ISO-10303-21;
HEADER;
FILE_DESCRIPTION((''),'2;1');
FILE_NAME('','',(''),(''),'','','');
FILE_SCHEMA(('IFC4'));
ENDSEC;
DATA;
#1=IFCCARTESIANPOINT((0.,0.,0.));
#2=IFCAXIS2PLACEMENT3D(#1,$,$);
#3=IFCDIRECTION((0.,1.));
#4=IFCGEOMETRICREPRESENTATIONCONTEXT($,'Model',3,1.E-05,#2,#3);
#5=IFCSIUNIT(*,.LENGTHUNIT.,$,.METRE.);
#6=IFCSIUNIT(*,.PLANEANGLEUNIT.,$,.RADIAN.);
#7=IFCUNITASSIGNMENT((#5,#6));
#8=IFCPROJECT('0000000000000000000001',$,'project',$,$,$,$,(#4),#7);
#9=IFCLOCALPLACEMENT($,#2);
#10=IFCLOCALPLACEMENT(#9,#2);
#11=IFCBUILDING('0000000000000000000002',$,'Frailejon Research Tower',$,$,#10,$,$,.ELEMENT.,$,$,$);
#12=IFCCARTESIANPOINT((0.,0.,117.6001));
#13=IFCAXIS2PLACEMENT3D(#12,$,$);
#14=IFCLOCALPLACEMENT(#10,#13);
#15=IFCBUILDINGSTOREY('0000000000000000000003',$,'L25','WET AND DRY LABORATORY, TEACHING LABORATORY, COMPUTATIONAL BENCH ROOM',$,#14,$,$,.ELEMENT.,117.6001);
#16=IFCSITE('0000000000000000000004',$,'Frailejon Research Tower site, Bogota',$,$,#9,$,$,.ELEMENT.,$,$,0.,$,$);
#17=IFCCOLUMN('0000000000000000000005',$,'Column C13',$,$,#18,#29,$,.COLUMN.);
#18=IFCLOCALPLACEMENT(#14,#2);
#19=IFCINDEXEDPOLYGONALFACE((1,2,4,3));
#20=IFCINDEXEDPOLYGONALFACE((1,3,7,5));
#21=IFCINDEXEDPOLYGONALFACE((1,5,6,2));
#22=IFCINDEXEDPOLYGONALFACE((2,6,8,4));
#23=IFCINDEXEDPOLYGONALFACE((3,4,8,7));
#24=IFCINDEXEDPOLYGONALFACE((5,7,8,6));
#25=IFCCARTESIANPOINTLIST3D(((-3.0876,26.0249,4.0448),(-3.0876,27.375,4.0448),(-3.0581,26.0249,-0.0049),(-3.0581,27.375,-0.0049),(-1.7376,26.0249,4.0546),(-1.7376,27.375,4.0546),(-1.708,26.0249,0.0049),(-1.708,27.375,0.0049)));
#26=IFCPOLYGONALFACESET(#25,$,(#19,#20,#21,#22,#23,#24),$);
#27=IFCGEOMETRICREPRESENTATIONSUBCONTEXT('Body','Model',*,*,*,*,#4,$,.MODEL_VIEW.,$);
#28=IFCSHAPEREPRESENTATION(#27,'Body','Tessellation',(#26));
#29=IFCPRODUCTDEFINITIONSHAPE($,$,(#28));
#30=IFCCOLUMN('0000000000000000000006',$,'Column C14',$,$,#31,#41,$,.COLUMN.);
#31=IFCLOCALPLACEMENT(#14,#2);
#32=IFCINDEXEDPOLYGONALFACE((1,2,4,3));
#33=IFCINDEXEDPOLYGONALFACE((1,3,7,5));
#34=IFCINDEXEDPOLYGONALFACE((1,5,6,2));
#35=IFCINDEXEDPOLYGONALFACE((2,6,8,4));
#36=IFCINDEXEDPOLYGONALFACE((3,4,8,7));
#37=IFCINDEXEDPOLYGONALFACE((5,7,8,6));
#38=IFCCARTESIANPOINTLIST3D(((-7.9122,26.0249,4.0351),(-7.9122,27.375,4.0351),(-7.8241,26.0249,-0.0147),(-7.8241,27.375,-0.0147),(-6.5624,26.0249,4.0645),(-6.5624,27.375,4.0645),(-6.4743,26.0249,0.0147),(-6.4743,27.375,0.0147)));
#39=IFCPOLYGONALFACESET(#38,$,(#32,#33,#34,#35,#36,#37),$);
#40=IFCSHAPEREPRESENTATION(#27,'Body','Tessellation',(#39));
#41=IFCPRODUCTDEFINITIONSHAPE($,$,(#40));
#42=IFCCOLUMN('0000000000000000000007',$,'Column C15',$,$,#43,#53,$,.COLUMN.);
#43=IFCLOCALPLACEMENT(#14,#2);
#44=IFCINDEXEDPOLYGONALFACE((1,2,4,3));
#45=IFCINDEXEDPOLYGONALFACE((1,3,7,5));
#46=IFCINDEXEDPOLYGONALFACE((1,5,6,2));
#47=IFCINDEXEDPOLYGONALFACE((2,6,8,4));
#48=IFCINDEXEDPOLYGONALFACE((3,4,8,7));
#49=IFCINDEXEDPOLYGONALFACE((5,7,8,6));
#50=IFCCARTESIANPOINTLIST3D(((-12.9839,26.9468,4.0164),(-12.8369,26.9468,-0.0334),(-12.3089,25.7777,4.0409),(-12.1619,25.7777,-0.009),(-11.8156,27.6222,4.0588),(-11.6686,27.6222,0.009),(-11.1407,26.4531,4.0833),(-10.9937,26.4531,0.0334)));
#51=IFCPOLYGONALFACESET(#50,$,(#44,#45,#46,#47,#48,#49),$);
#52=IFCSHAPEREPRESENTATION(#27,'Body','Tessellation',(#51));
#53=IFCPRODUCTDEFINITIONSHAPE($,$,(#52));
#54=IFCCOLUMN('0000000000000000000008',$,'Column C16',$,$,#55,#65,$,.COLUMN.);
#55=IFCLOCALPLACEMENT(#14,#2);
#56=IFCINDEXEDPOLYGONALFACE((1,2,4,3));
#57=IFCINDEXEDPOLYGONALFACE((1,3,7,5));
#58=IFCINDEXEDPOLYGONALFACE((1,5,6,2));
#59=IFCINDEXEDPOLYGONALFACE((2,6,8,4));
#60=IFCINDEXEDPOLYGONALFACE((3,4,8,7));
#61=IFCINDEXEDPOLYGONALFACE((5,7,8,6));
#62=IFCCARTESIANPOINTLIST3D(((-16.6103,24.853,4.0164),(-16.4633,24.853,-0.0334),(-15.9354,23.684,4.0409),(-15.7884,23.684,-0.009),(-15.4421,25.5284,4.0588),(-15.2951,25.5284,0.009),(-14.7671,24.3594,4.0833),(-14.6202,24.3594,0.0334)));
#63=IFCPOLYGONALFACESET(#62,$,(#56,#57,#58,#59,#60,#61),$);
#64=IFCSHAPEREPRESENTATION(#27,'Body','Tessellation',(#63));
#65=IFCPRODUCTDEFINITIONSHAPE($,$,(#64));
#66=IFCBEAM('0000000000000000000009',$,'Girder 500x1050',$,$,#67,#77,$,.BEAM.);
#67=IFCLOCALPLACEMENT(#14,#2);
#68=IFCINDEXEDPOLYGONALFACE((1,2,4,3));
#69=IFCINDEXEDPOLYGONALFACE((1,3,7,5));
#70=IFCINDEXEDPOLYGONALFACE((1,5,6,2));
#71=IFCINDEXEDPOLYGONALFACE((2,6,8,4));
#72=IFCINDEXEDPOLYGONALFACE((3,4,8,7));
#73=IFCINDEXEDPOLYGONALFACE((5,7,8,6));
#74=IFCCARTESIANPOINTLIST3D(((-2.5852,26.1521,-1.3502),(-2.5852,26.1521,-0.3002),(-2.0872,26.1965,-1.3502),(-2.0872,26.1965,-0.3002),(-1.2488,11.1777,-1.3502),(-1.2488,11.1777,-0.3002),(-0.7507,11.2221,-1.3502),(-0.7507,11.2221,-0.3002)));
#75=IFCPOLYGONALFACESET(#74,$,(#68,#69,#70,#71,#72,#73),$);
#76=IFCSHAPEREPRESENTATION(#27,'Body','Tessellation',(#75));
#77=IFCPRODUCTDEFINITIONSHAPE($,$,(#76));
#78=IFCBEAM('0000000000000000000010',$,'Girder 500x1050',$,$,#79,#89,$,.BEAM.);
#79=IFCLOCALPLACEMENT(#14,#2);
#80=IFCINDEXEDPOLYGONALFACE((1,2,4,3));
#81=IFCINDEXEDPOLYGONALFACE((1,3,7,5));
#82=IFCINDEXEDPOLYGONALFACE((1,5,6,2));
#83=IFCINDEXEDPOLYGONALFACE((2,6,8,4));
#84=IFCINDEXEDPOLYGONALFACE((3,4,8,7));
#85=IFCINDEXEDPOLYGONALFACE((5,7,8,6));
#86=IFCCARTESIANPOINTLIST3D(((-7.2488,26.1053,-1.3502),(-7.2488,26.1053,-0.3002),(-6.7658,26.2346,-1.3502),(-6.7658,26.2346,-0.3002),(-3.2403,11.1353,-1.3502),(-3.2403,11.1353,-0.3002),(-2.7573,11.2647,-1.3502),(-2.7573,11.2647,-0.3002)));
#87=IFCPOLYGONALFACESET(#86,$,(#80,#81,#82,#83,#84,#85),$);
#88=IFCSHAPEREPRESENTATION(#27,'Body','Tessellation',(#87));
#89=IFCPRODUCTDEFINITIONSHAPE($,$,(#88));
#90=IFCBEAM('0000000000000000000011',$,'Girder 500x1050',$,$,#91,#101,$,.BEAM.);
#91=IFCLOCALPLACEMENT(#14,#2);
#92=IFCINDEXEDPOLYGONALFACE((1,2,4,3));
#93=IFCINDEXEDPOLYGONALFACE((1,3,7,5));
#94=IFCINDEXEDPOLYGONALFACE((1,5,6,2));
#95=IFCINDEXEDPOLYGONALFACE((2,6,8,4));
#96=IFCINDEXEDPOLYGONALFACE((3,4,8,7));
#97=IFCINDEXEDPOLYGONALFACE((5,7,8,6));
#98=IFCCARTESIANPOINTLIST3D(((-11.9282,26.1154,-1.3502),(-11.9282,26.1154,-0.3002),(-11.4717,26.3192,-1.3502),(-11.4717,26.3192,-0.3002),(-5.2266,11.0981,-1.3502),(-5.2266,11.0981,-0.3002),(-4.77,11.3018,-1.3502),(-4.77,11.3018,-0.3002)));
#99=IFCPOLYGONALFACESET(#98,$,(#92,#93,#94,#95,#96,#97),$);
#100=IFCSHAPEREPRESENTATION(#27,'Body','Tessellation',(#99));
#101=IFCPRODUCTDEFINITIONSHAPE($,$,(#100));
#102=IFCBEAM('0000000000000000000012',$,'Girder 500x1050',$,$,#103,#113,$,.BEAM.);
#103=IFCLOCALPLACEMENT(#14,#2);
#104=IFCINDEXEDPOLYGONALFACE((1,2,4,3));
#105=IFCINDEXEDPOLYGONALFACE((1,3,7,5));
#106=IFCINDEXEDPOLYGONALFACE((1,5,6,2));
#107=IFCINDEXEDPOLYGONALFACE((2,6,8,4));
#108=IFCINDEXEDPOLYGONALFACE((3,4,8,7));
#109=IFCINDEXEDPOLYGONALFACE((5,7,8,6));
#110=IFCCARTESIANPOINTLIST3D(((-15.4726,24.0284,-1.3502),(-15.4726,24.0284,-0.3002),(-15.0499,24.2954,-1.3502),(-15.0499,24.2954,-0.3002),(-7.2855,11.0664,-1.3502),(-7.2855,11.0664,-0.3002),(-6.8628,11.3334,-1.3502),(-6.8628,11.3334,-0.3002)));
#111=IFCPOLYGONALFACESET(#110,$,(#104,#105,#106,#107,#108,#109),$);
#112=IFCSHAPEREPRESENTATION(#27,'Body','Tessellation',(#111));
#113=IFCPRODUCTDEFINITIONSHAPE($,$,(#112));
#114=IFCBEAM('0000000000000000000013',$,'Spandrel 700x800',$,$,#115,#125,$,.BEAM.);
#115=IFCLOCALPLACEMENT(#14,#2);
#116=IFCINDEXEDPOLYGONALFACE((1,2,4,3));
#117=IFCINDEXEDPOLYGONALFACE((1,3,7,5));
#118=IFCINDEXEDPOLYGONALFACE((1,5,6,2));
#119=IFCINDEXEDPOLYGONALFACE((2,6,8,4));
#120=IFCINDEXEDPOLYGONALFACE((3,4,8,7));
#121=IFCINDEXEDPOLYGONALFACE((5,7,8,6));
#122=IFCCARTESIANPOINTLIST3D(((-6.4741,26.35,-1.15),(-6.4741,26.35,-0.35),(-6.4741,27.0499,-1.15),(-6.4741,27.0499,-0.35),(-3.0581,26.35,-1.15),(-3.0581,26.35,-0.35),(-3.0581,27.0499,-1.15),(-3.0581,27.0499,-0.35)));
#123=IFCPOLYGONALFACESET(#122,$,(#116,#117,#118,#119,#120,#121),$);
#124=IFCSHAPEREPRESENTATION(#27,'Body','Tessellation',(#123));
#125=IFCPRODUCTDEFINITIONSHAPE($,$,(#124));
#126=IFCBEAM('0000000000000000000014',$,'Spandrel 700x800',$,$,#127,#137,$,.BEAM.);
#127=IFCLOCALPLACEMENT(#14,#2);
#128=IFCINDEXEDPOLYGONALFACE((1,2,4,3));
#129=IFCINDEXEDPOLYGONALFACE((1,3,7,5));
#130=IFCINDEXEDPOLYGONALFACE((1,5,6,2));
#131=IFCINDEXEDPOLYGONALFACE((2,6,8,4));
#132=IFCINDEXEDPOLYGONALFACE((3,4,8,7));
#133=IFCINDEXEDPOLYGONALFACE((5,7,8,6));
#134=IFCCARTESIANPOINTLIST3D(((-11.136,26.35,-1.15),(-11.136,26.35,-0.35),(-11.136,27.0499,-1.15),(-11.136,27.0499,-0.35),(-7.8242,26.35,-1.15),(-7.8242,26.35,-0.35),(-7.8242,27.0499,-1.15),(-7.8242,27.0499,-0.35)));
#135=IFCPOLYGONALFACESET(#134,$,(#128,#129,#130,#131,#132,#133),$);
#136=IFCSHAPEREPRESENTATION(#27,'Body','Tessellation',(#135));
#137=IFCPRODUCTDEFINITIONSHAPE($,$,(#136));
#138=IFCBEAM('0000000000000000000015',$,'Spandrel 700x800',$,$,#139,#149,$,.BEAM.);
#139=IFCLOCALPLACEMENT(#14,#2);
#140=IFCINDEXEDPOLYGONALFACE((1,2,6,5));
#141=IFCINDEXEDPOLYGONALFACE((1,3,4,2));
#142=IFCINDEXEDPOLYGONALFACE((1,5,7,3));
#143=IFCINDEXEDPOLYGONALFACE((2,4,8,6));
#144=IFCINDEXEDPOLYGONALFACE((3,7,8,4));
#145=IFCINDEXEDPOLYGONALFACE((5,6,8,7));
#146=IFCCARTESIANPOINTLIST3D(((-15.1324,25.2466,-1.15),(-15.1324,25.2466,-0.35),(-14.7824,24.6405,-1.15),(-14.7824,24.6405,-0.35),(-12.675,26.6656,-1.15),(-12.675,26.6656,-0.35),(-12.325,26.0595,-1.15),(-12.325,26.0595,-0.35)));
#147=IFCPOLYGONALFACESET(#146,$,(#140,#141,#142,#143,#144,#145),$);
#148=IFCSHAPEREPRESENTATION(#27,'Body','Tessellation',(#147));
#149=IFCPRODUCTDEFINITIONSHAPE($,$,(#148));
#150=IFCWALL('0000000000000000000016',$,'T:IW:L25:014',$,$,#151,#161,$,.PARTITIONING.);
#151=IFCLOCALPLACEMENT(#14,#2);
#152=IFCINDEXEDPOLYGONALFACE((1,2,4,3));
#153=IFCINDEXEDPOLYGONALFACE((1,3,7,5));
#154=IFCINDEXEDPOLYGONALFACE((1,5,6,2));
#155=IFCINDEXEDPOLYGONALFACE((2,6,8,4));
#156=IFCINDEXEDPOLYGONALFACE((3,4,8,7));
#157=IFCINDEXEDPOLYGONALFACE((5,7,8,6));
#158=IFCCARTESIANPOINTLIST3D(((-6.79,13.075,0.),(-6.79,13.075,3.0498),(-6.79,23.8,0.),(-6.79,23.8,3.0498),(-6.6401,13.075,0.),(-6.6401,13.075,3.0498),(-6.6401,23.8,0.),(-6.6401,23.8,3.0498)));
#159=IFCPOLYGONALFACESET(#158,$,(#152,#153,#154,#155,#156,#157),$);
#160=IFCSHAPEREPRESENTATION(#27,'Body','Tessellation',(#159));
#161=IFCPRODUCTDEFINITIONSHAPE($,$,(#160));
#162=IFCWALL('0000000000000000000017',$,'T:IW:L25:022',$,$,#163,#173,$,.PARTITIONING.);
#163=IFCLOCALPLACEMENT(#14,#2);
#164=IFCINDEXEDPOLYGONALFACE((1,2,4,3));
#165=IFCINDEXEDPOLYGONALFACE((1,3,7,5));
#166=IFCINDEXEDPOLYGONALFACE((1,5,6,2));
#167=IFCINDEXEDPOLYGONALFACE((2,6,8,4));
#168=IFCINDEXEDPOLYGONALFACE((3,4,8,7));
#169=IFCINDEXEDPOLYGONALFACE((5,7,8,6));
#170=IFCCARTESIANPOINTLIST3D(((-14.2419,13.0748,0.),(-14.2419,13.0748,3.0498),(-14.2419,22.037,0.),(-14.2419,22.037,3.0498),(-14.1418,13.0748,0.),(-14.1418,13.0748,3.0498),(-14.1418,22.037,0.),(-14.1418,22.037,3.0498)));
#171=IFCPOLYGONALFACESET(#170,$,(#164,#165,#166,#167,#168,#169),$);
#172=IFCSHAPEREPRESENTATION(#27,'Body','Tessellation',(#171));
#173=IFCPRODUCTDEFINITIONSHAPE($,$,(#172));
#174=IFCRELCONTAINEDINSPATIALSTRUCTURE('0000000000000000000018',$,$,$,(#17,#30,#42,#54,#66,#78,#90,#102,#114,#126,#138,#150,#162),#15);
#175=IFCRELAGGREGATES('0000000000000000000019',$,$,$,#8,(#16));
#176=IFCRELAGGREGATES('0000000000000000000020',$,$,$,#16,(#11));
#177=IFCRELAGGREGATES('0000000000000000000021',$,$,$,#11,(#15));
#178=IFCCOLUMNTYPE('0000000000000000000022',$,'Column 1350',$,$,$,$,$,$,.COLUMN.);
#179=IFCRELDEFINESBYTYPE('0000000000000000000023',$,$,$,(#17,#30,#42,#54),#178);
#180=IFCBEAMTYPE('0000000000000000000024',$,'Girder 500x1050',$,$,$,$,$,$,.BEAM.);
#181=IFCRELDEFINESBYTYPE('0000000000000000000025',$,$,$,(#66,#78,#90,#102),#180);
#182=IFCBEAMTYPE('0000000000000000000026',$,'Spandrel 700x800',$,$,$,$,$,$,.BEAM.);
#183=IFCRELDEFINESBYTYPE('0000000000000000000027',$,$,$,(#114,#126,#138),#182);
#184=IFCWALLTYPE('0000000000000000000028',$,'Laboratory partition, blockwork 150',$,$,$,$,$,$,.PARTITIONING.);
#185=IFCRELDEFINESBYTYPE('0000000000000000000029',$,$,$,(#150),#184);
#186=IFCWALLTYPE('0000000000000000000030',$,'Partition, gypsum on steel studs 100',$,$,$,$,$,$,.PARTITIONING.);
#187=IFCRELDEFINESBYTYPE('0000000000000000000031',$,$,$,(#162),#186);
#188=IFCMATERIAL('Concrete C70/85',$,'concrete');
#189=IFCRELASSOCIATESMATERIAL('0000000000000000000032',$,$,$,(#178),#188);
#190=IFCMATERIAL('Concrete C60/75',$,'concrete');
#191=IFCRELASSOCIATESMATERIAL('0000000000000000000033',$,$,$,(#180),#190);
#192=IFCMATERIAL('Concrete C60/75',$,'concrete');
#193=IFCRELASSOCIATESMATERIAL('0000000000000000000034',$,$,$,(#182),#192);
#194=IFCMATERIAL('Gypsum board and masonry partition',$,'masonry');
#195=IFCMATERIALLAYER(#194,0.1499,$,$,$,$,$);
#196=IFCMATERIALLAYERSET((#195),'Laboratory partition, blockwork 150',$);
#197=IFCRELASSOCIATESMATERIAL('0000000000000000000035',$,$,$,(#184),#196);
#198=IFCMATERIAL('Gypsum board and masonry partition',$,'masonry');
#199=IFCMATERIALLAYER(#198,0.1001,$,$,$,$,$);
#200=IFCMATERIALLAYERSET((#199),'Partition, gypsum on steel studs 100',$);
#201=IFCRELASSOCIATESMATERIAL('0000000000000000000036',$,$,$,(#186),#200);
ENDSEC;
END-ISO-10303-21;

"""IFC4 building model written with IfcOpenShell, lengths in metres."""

from ifc_helpers import new_model, si_unit, direction, frame, frame_2d, origin, origin_2d, place, context, subcontext, project, spatial, rectangle, extrude, material, layer, layer_set, material_profile, profile_set, type_object, element, save


model = new_model("IFC4")

# Units and contexts
model_context = context("Model", 3, precision=1e-05, world=origin(), true_north=direction((0.0, 1.0)))
body_context = subcontext(model_context, "Body", "Model", "MODEL_VIEW")
ifc_project = project(units=[si_unit("LENGTHUNIT", "METRE"), si_unit("PLANEANGLEUNIT", "RADIAN")], contexts=[model_context])

# Site, building, storey
site_placement = place(None, origin())
site = spatial("IfcSite", under=ifc_project, at=site_placement, Name="Frailejon Research Tower site, Bogota", CompositionType="ELEMENT", RefElevation=0.0)
building_placement = place(site_placement, origin())
building = spatial("IfcBuilding", under=site, at=building_placement, Name="Frailejon Research Tower", CompositionType="ELEMENT")
storey_placement = place(building_placement, frame((0.0, 0.0, 117.6001)))
storey = spatial("IfcBuildingStorey", under=building, at=storey_placement, Name="L25", Description="WET AND DRY LABORATORY, TEACHING LABORATORY, COMPUTATIONAL BENCH ROOM", CompositionType="ELEMENT", Elevation=117.6001)

# Columns
ifc_material_1 = material(Name="Concrete C70/85", Category="concrete")
ifc_material_profile_1 = material_profile(ifc_material_1, rectangle(XDim=1.3501, YDim=1.3501, at=origin_2d()), Name="Column 1350")
ifc_profile_set_1 = profile_set([ifc_material_profile_1], Name="Concrete C70/85")
column_type = type_object("IfcColumnType", Name="Column 1350", PredefinedType="COLUMN", material=ifc_profile_set_1)
column_1_placement = place(storey_placement, frame((-2.3831, 26.7, 0.0), z_axis=(-0.007294, 0.0, 0.999973), x_axis=(-0.999973, 0.0, -0.007294)))
element("IfcColumn", 1, at=column_1_placement, inside=storey, type_object=column_type, Name="Column C13", PredefinedType="COLUMN", context=body_context, shape_type="SweptSolid", body=[
    extrude(rectangle(XDim=1.3501, YDim=1.3501, at=origin_2d()), origin(), (0.0, 0.0, 1.0), 4.0498),
])
column_2_placement = place(storey_placement, frame((-7.1492, 26.7, 0.0), z_axis=(-0.021758, 0.0, 0.999763), x_axis=(-0.999763, 0.0, -0.021758)))
element("IfcColumn", 2, at=column_2_placement, inside=storey, type_object=column_type, Name="Column C14", PredefinedType="COLUMN", context=body_context, shape_type="SweptSolid", body=[
    extrude(rectangle(XDim=1.3501, YDim=1.3501, at=origin_2d()), origin(), (0.0, 0.0, 1.0), 4.0508),
])
for number, where, z_axis, x_axis, name in (
    (3, (-11.9153, 26.7, 0.0), (-0.036267, 0.0, 0.999342), (-0.865313, -0.500246, -0.031403), "Column C15"),
    (4, (-15.5417, 24.6062, 0.0), (-0.036267, 0.0, 0.999342), (-0.865313, -0.500246, -0.031403), "Column C16"),
):
    element("IfcColumn", number, at=place(storey_placement, frame(where, z_axis=z_axis, x_axis=x_axis)), inside=storey, type_object=column_type, Name=name, PredefinedType="COLUMN", context=body_context, shape_type="SweptSolid", body=[
        extrude(rectangle(XDim=1.3501, YDim=1.3501, at=origin_2d()), origin(), (0.0, 0.0, 1.0), 4.0525),
    ])

# Beams
ifc_material_2 = material(Name="Concrete C60/75", Category="concrete")
ifc_material_profile_2 = material_profile(ifc_material_2, rectangle(XDim=0.5, YDim=1.05, at=origin_2d()), Name="Girder 500x1050")
ifc_profile_set_2 = profile_set([ifc_material_profile_2], Name="Concrete C60/75")
beam_type_1 = type_object("IfcBeamType", Name="Girder 500x1050", PredefinedType="BEAM", material=ifc_profile_set_2)
beam_1_placement = place(storey_placement, frame((-2.3362, 26.1743, -0.8252), z_axis=(0.088894, -0.996041, 0.0), x_axis=(0.996041, 0.088894, 0.0)))
element("IfcBeam", 5, at=beam_1_placement, inside=storey, type_object=beam_type_1, Name="Girder 500x1050", PredefinedType="BEAM", context=body_context, shape_type="SweptSolid", body=[
    extrude(rectangle(XDim=0.5, YDim=1.05, at=origin_2d()), origin(), (0.0, 0.0, 1.0), 15.0339),
])
beam_2_placement = place(storey_placement, frame((-7.0073, 26.1699, -0.8252), z_axis=(0.25866, -0.965969, 0.0), x_axis=(0.965969, 0.25866, 0.0)))
element("IfcBeam", 6, at=beam_2_placement, inside=storey, type_object=beam_type_1, Name="Girder 500x1050", PredefinedType="BEAM", context=body_context, shape_type="SweptSolid", body=[
    extrude(rectangle(XDim=0.5, YDim=1.05, at=origin_2d()), origin(), (0.0, 0.0, 1.0), 15.4973),
])
beam_3_placement = place(storey_placement, frame((-11.7, 26.2173, -0.8252), z_axis=(0.407524, -0.913195, 0.0), x_axis=(0.913195, 0.407524, 0.0)))
element("IfcBeam", 7, at=beam_3_placement, inside=storey, type_object=beam_type_1, Name="Girder 500x1050", PredefinedType="BEAM", context=body_context, shape_type="SweptSolid", body=[
    extrude(rectangle(XDim=0.5, YDim=1.05, at=origin_2d()), origin(), (0.0, 0.0, 1.0), 16.4448),
])
beam_4_placement = place(storey_placement, frame((-15.2612, 24.1619, -0.8252), z_axis=(0.534018, -0.845473, 0.0), x_axis=(0.845473, 0.534018, 0.0)))
element("IfcBeam", 8, at=beam_4_placement, inside=storey, type_object=beam_type_1, Name="Girder 500x1050", PredefinedType="BEAM", context=body_context, shape_type="SweptSolid", body=[
    extrude(rectangle(XDim=0.5, YDim=1.05, at=origin_2d()), origin(), (0.0, 0.0, 1.0), 15.3311),
])
ifc_material_3 = material(Name="Concrete C60/75", Category="concrete")
ifc_material_profile_3 = material_profile(ifc_material_3, rectangle(XDim=0.7, YDim=0.8, at=origin_2d()), Name="Spandrel 700x800")
ifc_profile_set_3 = profile_set([ifc_material_profile_3], Name="Concrete C60/75")
beam_type_2 = type_object("IfcBeamType", Name="Spandrel 700x800", PredefinedType="BEAM", material=ifc_profile_set_3)
beam_5_placement = place(storey_placement, frame((-3.0581, 26.7, -0.75), z_axis=(-1.0, 0.0, 0.0), x_axis=(0.0, -1.0, 0.0)))
element("IfcBeam", 9, at=beam_5_placement, inside=storey, type_object=beam_type_2, Name="Spandrel 700x800", PredefinedType="BEAM", context=body_context, shape_type="SweptSolid", body=[
    extrude(rectangle(XDim=0.7, YDim=0.8, at=origin_2d()), origin(), (0.0, 0.0, 1.0), 3.416),
])
beam_6_placement = place(storey_placement, frame((-7.8242, 26.7, -0.75), z_axis=(-1.0, 0.0, 0.0), x_axis=(0.0, -1.0, 0.0)))
element("IfcBeam", 10, at=beam_6_placement, inside=storey, type_object=beam_type_2, Name="Spandrel 700x800", PredefinedType="BEAM", context=body_context, shape_type="SweptSolid", body=[
    extrude(rectangle(XDim=0.7, YDim=0.8, at=origin_2d()), origin(), (0.0, 0.0, 1.0), 3.3118),
])
beam_7_placement = place(storey_placement, frame((-12.5, 26.3625, -0.75), z_axis=(-0.865989, -0.500063, 0.0), x_axis=(0.500063, -0.865989, 0.0)))
element("IfcBeam", 11, at=beam_7_placement, inside=storey, type_object=beam_type_2, Name="Spandrel 700x800", PredefinedType="BEAM", context=body_context, shape_type="SweptSolid", body=[
    extrude(rectangle(XDim=0.7, YDim=0.8, at=origin_2d()), origin(), (0.0, 0.0, 1.0), 2.8376),
])

# Walls
ifc_material_4 = material(Name="Gypsum board and masonry partition", Category="masonry")
ifc_layer_1 = layer(ifc_material_4, 0.1499)
ifc_layer_set_1 = layer_set([ifc_layer_1], Name="Laboratory partition, blockwork 150")
wall_type_1 = type_object("IfcWallType", Name="Laboratory partition, blockwork 150", PredefinedType="PARTITIONING", material=ifc_layer_set_1)
wall_1_placement = place(storey_placement, frame((-6.7151, 13.075, 0.0), z_axis=(0.0, 0.0, 1.0), x_axis=(0.0, 1.0, 0.0)))
element("IfcWall", 12, at=wall_1_placement, inside=storey, type_object=wall_type_1, Name="T:IW:L25:014", PredefinedType="PARTITIONING", context=body_context, shape_type="SweptSolid", body=[
    extrude(rectangle(XDim=10.7251, YDim=0.1499, at=frame_2d((5.3625, 0.0))), origin(), (0.0, 0.0, 1.0), 3.0498),
])
ifc_material_5 = material(Name="Gypsum board and masonry partition", Category="masonry")
ifc_layer_2 = layer(ifc_material_5, 0.1001)
ifc_layer_set_2 = layer_set([ifc_layer_2], Name="Partition, gypsum on steel studs 100")
wall_type_2 = type_object("IfcWallType", Name="Partition, gypsum on steel studs 100", PredefinedType="PARTITIONING", material=ifc_layer_set_2)
wall_2_placement = place(storey_placement, frame((-14.1919, 13.075, 0.0), z_axis=(0.0, 0.0, 1.0), x_axis=(0.0, 1.0, 0.0)))
element("IfcWall", 13, at=wall_2_placement, inside=storey, type_object=wall_type_2, Name="T:IW:L25:022", PredefinedType="PARTITIONING", context=body_context, shape_type="SweptSolid", body=[
    extrude(rectangle(XDim=8.9622, YDim=0.1001, at=frame_2d((4.481, 0.0))), origin(), (0.0, 0.0, 1.0), 3.0498),
])

save(model, "model.ifc")
